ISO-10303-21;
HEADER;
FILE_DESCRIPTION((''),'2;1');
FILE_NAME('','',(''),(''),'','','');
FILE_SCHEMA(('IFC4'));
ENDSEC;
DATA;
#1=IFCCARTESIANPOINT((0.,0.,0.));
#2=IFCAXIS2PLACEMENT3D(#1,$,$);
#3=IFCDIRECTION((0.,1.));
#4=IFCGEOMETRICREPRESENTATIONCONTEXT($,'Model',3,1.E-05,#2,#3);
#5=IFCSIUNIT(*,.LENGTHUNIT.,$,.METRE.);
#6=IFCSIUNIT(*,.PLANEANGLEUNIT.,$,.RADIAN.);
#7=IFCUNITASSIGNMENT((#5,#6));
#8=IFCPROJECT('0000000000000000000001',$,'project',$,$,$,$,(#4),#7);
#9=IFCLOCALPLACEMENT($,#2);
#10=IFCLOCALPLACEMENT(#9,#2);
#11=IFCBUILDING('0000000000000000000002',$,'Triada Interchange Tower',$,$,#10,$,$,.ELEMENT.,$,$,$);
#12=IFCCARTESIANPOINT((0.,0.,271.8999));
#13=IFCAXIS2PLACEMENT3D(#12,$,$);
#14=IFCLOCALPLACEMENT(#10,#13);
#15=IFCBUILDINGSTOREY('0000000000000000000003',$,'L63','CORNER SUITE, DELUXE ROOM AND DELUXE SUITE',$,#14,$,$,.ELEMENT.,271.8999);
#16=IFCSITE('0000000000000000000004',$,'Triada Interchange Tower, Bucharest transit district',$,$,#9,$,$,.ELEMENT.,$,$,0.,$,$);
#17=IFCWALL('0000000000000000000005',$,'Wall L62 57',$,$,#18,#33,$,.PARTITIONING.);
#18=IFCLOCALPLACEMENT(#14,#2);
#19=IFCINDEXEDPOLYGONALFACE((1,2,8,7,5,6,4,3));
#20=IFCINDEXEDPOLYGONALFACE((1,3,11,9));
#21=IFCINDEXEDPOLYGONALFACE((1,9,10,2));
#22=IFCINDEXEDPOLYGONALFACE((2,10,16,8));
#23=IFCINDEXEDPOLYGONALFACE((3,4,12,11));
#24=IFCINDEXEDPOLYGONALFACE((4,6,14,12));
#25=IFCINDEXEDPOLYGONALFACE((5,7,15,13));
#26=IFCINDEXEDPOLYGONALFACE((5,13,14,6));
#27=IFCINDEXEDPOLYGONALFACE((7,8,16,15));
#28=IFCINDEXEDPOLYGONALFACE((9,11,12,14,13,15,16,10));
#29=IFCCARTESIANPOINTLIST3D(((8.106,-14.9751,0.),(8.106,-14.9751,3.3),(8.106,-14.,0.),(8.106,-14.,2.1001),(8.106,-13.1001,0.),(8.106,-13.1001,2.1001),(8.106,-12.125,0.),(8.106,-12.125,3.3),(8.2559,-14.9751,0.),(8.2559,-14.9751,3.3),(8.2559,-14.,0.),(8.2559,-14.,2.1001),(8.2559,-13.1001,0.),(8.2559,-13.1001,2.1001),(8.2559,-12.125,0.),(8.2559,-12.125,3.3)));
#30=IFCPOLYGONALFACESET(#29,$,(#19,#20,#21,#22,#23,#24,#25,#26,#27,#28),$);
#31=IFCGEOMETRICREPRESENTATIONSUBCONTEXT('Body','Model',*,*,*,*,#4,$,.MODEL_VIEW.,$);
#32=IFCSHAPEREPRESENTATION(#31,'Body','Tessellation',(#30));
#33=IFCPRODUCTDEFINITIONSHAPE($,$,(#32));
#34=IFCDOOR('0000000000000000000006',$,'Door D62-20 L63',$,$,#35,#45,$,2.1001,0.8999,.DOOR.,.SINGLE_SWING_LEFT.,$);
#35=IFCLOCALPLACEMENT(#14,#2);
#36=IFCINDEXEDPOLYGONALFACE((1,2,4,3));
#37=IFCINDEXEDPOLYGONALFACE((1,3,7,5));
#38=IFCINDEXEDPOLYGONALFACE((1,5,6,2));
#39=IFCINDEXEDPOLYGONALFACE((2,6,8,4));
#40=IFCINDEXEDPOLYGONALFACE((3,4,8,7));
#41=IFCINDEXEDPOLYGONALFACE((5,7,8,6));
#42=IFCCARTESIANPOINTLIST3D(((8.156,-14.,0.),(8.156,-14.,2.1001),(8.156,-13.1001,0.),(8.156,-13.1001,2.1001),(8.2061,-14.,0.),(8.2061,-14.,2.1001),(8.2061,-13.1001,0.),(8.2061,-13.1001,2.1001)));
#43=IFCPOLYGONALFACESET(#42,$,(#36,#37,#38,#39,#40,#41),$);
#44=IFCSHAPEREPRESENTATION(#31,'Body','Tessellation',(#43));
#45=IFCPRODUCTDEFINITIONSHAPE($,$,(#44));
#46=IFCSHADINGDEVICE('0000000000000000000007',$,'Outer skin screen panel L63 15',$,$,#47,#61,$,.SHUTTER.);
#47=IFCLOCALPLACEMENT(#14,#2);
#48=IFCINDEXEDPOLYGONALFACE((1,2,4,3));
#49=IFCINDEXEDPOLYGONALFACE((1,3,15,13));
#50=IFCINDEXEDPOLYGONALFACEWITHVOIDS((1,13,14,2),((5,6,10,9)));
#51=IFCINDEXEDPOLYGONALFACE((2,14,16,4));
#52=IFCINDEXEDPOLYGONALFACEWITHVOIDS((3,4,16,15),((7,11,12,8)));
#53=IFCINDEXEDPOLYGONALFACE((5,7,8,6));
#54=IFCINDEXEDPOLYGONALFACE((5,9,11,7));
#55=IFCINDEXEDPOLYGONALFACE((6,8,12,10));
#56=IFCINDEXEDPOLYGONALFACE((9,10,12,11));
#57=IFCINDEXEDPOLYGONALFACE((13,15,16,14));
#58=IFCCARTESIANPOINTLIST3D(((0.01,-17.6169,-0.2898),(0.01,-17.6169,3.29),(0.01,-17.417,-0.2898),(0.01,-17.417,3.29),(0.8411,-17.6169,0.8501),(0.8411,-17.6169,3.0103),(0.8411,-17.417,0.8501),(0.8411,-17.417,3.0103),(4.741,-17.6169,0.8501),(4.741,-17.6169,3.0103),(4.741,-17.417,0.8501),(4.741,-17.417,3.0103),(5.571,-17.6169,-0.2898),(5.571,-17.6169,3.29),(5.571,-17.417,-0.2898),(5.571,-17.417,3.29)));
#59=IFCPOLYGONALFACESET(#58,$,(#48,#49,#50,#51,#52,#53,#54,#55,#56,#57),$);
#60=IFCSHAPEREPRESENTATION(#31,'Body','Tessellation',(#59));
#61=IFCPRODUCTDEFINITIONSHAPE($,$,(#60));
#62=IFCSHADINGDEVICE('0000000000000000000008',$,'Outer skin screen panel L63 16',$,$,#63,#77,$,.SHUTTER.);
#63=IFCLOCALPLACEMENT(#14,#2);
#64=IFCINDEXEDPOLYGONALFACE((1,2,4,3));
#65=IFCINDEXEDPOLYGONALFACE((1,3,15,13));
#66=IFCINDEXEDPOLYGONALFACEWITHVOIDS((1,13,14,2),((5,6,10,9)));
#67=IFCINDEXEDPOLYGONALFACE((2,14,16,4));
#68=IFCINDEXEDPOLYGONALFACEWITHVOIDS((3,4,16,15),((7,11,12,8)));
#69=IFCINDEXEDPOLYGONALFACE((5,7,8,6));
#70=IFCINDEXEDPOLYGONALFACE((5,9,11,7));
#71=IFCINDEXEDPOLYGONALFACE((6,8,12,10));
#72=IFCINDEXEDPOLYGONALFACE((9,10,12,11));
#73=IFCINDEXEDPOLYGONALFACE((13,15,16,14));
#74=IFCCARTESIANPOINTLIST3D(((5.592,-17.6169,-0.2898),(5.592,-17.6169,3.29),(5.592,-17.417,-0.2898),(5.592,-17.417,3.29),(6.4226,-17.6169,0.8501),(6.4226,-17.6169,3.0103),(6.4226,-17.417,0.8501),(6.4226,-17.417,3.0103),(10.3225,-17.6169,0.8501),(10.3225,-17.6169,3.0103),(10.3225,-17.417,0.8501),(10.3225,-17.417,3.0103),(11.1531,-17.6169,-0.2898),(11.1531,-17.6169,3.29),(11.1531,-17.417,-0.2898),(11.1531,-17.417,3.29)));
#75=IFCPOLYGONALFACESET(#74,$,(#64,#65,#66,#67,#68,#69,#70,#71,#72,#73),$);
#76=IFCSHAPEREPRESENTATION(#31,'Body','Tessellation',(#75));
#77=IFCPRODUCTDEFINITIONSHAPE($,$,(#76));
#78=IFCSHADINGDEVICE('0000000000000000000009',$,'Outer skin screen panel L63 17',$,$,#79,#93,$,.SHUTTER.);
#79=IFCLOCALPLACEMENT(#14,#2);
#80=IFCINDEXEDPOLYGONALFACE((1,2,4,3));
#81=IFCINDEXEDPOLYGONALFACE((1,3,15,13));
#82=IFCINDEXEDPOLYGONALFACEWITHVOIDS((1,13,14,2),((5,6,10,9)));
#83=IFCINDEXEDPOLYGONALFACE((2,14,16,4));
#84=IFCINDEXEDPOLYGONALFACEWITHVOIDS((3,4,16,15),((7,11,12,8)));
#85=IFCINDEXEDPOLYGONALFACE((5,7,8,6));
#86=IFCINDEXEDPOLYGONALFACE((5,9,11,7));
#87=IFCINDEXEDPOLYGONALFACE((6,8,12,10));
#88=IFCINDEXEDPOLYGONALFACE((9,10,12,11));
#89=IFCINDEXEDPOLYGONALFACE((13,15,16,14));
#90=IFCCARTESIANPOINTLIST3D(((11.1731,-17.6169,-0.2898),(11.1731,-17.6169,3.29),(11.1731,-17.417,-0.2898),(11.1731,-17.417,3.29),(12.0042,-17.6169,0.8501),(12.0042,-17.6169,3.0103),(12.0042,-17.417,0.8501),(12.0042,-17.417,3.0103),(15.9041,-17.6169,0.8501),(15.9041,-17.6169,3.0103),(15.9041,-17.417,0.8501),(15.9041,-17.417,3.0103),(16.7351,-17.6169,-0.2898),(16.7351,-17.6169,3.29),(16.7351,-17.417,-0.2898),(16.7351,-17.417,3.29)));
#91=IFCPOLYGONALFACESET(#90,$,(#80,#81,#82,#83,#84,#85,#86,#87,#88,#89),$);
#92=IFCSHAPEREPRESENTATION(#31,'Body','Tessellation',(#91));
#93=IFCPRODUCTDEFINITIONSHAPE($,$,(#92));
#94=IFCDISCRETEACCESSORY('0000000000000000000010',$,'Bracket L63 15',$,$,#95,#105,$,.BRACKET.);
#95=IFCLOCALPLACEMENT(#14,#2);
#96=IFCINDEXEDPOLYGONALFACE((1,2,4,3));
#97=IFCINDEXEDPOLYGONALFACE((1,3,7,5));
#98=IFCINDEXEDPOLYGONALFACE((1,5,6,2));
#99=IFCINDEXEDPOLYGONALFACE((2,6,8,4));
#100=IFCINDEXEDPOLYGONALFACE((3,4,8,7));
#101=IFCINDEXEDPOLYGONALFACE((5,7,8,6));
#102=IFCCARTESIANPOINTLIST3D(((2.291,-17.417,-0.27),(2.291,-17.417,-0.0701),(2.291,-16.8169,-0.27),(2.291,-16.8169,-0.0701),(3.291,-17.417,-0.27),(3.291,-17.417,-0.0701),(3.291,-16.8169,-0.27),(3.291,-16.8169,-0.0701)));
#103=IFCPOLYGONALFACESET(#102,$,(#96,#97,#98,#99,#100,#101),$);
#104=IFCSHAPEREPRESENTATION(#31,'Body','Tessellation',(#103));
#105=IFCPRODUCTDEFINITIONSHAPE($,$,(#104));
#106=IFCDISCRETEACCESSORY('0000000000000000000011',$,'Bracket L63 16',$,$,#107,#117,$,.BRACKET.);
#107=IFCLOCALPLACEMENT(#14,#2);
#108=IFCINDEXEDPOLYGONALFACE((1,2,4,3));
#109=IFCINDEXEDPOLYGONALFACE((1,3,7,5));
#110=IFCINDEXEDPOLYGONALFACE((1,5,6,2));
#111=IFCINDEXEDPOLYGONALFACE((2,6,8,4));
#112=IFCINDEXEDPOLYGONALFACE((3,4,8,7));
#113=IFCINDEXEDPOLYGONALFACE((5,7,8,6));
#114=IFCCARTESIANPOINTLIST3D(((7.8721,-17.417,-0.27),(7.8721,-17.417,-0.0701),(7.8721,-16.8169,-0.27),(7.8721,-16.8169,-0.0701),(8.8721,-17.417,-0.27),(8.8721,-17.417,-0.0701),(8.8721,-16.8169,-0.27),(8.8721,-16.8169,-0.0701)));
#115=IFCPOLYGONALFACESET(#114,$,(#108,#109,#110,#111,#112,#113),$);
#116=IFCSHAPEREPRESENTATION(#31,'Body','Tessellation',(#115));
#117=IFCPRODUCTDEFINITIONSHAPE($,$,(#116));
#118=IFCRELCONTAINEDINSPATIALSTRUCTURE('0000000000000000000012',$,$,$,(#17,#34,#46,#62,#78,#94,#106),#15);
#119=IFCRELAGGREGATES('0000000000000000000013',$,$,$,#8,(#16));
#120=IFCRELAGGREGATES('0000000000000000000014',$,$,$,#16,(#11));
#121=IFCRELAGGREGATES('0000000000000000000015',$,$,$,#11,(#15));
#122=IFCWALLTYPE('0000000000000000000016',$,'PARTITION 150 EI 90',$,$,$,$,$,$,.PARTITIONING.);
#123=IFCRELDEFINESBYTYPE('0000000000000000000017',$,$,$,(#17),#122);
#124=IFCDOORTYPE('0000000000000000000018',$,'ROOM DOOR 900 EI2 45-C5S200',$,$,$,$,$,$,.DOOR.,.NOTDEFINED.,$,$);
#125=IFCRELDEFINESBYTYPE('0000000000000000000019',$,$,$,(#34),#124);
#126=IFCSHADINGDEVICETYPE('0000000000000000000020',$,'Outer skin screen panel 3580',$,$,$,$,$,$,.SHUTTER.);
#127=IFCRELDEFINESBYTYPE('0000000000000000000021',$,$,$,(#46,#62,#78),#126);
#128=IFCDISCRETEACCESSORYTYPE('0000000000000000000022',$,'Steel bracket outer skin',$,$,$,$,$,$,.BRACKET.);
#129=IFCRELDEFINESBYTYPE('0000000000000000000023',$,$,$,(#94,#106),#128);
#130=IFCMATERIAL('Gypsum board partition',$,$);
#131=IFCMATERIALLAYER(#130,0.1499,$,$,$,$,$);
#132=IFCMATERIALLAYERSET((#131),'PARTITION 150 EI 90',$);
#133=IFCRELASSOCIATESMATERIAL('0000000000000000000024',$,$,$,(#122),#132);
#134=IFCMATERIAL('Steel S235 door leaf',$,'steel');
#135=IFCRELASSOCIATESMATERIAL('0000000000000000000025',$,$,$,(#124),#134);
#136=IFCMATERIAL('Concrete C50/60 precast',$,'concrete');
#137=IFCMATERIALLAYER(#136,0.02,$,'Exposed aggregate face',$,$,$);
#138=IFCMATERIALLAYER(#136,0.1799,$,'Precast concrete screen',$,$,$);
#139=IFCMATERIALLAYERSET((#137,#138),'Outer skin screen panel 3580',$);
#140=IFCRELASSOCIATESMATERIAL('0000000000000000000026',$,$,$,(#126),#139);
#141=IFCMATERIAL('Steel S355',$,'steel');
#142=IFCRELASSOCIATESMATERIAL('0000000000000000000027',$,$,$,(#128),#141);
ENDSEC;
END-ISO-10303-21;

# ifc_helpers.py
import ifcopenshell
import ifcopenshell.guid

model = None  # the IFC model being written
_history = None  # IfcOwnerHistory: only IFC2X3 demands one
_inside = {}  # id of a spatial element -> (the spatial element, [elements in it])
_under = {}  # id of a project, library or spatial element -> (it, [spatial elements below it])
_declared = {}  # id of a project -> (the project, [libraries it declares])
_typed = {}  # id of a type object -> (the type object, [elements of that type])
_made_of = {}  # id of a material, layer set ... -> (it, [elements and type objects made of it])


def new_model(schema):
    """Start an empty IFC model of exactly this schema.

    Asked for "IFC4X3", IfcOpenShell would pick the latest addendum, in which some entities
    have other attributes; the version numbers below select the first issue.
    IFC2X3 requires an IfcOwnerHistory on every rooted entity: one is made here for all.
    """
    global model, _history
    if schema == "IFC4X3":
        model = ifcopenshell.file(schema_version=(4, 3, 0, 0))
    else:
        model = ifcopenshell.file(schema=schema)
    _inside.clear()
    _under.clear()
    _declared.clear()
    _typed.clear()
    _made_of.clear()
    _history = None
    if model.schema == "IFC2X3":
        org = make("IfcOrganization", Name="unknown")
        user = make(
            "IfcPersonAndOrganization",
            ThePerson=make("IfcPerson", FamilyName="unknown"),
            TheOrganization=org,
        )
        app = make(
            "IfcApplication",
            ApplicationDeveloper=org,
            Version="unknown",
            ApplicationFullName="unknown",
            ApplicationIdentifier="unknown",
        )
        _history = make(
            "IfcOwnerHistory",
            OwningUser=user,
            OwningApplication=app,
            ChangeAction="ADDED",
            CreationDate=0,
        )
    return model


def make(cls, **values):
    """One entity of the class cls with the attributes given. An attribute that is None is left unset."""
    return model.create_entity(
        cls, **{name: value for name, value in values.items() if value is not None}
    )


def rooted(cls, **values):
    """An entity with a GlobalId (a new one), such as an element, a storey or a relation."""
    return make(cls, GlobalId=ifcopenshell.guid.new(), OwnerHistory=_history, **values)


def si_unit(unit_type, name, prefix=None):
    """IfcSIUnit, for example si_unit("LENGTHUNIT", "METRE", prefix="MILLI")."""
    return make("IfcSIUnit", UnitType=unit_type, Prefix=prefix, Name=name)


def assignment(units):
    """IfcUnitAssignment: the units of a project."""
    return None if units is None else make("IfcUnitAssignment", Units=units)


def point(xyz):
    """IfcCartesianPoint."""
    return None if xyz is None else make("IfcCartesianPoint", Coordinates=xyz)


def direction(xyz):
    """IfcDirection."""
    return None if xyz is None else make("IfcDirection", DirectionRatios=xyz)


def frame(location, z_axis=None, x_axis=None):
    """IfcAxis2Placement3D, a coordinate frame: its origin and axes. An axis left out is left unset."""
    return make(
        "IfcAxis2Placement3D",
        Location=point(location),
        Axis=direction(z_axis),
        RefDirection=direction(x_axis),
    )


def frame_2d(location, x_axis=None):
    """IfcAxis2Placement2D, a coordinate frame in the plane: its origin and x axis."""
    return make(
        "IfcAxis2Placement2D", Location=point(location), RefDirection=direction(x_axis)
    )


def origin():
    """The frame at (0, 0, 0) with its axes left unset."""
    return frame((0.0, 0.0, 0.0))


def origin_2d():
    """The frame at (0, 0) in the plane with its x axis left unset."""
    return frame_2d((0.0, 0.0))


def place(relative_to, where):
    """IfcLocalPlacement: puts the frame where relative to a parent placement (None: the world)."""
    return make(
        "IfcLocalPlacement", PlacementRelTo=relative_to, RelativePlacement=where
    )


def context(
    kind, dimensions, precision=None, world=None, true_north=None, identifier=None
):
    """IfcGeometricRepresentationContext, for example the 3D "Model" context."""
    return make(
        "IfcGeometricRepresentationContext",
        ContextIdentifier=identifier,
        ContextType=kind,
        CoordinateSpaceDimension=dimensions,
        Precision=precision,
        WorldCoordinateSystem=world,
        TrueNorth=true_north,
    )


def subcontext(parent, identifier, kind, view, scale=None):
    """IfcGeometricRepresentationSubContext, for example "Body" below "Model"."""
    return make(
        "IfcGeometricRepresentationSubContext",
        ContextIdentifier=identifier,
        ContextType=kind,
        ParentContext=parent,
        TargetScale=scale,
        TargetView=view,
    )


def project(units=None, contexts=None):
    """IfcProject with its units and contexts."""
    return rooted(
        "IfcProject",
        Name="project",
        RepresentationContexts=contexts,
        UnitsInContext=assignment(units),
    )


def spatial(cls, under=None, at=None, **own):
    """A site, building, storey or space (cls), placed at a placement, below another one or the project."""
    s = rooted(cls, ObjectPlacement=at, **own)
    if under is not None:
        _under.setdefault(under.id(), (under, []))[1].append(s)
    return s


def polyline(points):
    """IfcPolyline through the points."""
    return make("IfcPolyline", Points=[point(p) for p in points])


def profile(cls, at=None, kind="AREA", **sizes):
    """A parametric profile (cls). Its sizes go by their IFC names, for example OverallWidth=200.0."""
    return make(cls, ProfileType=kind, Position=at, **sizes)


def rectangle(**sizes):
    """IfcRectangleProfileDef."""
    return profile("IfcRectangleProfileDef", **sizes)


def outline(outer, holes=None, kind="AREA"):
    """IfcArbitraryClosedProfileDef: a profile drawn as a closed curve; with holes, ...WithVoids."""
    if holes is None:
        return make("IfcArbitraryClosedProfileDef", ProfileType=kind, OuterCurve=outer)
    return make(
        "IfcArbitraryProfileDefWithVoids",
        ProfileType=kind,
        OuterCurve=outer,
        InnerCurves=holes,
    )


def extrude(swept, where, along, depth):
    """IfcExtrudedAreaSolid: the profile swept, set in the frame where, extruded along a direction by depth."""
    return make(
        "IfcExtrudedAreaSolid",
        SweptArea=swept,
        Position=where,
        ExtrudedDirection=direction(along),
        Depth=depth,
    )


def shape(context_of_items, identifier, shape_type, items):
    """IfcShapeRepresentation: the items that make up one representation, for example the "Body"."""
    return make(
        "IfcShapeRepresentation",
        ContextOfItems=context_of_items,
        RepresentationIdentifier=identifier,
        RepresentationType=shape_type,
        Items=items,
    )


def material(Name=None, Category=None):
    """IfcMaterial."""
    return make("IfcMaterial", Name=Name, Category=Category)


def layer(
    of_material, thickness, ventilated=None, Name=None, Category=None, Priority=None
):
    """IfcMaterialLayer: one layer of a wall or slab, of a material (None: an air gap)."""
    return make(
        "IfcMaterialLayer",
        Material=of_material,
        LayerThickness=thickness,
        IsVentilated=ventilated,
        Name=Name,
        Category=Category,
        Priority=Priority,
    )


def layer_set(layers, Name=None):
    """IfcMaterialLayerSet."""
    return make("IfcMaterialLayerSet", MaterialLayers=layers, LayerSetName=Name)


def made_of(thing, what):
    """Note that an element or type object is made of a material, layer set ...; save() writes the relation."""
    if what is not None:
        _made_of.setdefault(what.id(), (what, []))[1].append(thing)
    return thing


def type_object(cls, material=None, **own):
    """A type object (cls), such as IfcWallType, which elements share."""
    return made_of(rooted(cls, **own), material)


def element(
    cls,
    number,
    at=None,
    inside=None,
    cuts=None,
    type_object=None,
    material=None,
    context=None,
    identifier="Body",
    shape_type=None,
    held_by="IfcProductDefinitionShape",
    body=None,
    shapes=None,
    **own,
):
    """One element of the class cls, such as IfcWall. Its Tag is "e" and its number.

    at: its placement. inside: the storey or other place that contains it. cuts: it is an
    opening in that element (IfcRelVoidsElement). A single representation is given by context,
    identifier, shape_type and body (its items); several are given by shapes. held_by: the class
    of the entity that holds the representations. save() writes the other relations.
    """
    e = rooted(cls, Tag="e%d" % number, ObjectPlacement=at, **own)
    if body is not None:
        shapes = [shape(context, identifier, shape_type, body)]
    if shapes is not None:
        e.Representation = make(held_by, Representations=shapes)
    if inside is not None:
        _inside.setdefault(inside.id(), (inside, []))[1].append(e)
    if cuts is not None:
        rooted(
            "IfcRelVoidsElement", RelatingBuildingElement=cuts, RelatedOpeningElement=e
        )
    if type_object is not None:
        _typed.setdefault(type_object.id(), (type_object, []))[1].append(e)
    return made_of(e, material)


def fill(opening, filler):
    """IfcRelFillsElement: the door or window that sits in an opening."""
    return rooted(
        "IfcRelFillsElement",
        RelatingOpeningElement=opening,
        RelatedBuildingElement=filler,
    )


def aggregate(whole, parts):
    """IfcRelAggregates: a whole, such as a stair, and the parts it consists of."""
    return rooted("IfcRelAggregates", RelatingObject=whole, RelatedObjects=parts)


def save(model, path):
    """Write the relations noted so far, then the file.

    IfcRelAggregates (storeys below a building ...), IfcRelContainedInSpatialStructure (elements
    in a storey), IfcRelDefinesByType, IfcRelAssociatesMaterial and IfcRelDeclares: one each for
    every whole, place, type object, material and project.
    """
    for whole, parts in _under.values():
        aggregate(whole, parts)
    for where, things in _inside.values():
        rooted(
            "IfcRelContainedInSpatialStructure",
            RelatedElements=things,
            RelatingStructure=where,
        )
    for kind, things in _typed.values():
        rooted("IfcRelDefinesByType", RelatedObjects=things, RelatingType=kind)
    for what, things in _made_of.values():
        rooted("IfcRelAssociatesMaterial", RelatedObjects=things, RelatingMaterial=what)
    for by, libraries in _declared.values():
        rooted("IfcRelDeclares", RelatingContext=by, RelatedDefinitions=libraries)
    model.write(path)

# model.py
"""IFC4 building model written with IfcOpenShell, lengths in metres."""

from ifc_helpers import new_model, si_unit, direction, frame, frame_2d, origin, origin_2d, place, context, subcontext, project, spatial, polyline, rectangle, outline, extrude, material, layer, layer_set, type_object, element, fill, save


model = new_model("IFC4")

# Units and contexts
model_context = context("Model", 3, precision=1e-05, world=origin(), true_north=direction((0.0, 1.0)))
body_context = subcontext(model_context, "Body", "Model", "MODEL_VIEW")
ifc_project = project(units=[si_unit("LENGTHUNIT", "METRE"), si_unit("PLANEANGLEUNIT", "RADIAN")], contexts=[model_context])

# Site, building, storey
site_placement = place(None, origin())
site = spatial("IfcSite", under=ifc_project, at=site_placement, Name="Triada Interchange Tower, Bucharest transit district", CompositionType="ELEMENT", RefElevation=0.0)
building_placement = place(site_placement, origin())
building = spatial("IfcBuilding", under=site, at=building_placement, Name="Triada Interchange Tower", CompositionType="ELEMENT")
storey_placement = place(building_placement, frame((0.0, 0.0, 271.8999)))
storey = spatial("IfcBuildingStorey", under=building, at=storey_placement, Name="L63", Description="CORNER SUITE, DELUXE ROOM AND DELUXE SUITE", CompositionType="ELEMENT", Elevation=271.8999)

# Shared definitions
ifc_material_1 = material(Name="Steel S235 door leaf", Category="steel")

# Shared definitions
ifc_material_2 = material(Name="Gypsum board partition")
ifc_layer_1 = layer(ifc_material_2, 0.1499)
ifc_layer_set_1 = layer_set([ifc_layer_1], Name="PARTITION 150 EI 90")
wall_type_1 = type_object("IfcWallType", Name="PARTITION 150 EI 90", PredefinedType="PARTITIONING", material=ifc_layer_set_1)

# Wall, opening, door
wall_1_placement = place(storey_placement, frame((8.1809, -14.9751, 0.0), z_axis=(0.0, 0.0, 1.0), x_axis=(0.0, 1.0, 0.0)))
wall_1 = element("IfcWall", 1, at=wall_1_placement, inside=storey, type_object=wall_type_1, Name="Wall L62 57", PredefinedType="PARTITIONING", context=body_context, shape_type="SweptSolid", body=[
    extrude(rectangle(XDim=2.8501, YDim=0.1499, at=frame_2d((1.425, 0.0))), origin(), (0.0, 0.0, 1.0), 3.3),
])
opening_1_placement = place(wall_1_placement, frame((0.9751, 0.0, 0.0)))
opening_1 = element("IfcOpeningElement", 2, at=opening_1_placement, cuts=wall_1, PredefinedType="OPENING", context=body_context, shape_type="SweptSolid", body=[
    extrude(rectangle(XDim=0.8999, YDim=2.1001, at=frame_2d((0.45, 1.05))), frame((0.0, 0.085, 0.0), z_axis=(0.0, -1.0, 0.0), x_axis=(1.0, 0.0, 0.0)), (0.0, 0.0, 1.0), 0.1699),
])
door_type_1 = type_object("IfcDoorType", Name="ROOM DOOR 900 EI2 45-C5S200", OperationType="NOTDEFINED", PredefinedType="DOOR", material=ifc_material_1)
door_1_placement = place(opening_1_placement, origin())
door_1 = element("IfcDoor", 3, at=door_1_placement, inside=storey, type_object=door_type_1, Name="Door D62-20 L63", OperationType="SINGLE_SWING_LEFT", OverallHeight=2.1001, OverallWidth=0.8999, PredefinedType="DOOR", context=body_context, shape_type="SweptSolid", body=[
    extrude(rectangle(XDim=0.8999, YDim=2.1001, at=frame_2d((0.45, 1.05))), frame((0.0, 0.0249, 0.0), z_axis=(0.0, -1.0, 0.0), x_axis=(1.0, 0.0, 0.0)), (0.0, 0.0, 1.0), 0.05),
])
fill(opening_1, door_1)

# Shading devices
ifc_material_3 = material(Name="Concrete C50/60 precast", Category="concrete")
ifc_layer_2 = layer(ifc_material_3, 0.02, Name="Exposed aggregate face")
ifc_layer_3 = layer(ifc_material_3, 0.1799, Name="Precast concrete screen")
ifc_layer_set_2 = layer_set([ifc_layer_2, ifc_layer_3], Name="Outer skin screen panel 3580")
shading_device_type = type_object("IfcShadingDeviceType", Name="Outer skin screen panel 3580", PredefinedType="SHUTTER", material=ifc_layer_set_2)
shading_device_1_placement = place(storey_placement, frame((0.01, -17.417, -0.2898), z_axis=(0.0, 0.0, 1.0), x_axis=(1.0, 0.0, 0.0)))
element("IfcShadingDevice", 4, at=shading_device_1_placement, inside=storey, type_object=shading_device_type, Name="Outer skin screen panel L63 15", PredefinedType="SHUTTER", context=body_context, shape_type="SweptSolid", body=[
    extrude(outline(polyline([(0.0, 0.0), (5.561, 0.0), (5.561, 3.5798), (0.0, 3.5798), (0.0, 0.0)]), holes=[polyline([(0.8311, 1.1399), (0.8311, 3.3), (4.731, 3.3), (4.731, 1.1399), (0.8311, 1.1399)])]), frame((0.0, 0.0, 0.0), z_axis=(0.0, -1.0, 0.0), x_axis=(1.0, 0.0, 0.0)), (0.0, 0.0, 1.0), 0.2),
])
shading_device_2_placement = place(storey_placement, frame((5.592, -17.417, -0.2898), z_axis=(0.0, 0.0, 1.0), x_axis=(1.0, 0.0, 0.0)))
element("IfcShadingDevice", 5, at=shading_device_2_placement, inside=storey, type_object=shading_device_type, Name="Outer skin screen panel L63 16", PredefinedType="SHUTTER", context=body_context, shape_type="SweptSolid", body=[
    extrude(outline(polyline([(0.0, 0.0), (5.561, 0.0), (5.561, 3.5798), (0.0, 3.5798), (0.0, 0.0)]), holes=[polyline([(0.8306, 1.1399), (0.8306, 3.3), (4.7305, 3.3), (4.7305, 1.1399), (0.8306, 1.1399)])]), frame((0.0, 0.0, 0.0), z_axis=(0.0, -1.0, 0.0), x_axis=(1.0, 0.0, 0.0)), (0.0, 0.0, 1.0), 0.2),
])
shading_device_3_placement = place(storey_placement, frame((11.1731, -17.417, -0.2898), z_axis=(0.0, 0.0, 1.0), x_axis=(1.0, 0.0, 0.0)))
element("IfcShadingDevice", 6, at=shading_device_3_placement, inside=storey, type_object=shading_device_type, Name="Outer skin screen panel L63 17", PredefinedType="SHUTTER", context=body_context, shape_type="SweptSolid", body=[
    extrude(outline(polyline([(0.0, 0.0), (5.562, 0.0), (5.562, 3.5798), (0.0, 3.5798), (0.0, 0.0)]), holes=[polyline([(0.8311, 1.1399), (0.8311, 3.3), (4.731, 3.3), (4.731, 1.1399), (0.8311, 1.1399)])]), frame((0.0, 0.0, 0.0), z_axis=(0.0, -1.0, 0.0), x_axis=(1.0, 0.0, 0.0)), (0.0, 0.0, 1.0), 0.2),
])

# Discrete accessories
ifc_material_4 = material(Name="Steel S355", Category="steel")
discrete_accessory_type = type_object("IfcDiscreteAccessoryType", Name="Steel bracket outer skin", PredefinedType="BRACKET", material=ifc_material_4)
for number, where, z_axis, x_axis, name in (
    (7, (2.791, -17.1169, -0.27), (0.0, 0.0, 1.0), (0.0, -1.0, 0.0), "Bracket L63 15"),
    (8, (8.3721, -17.1169, -0.27), (0.0, 0.0, 1.0), (0.0, -1.0, 0.0), "Bracket L63 16"),
):
    element("IfcDiscreteAccessory", number, at=place(storey_placement, frame(where, z_axis=z_axis, x_axis=x_axis)), inside=storey, type_object=discrete_accessory_type, Name=name, PredefinedType="BRACKET", context=body_context, shape_type="SweptSolid", body=[
        extrude(rectangle(XDim=0.6001, YDim=1.0, at=origin_2d()), origin(), (0.0, 0.0, 1.0), 0.2),
    ])

save(model, "model.ifc")
